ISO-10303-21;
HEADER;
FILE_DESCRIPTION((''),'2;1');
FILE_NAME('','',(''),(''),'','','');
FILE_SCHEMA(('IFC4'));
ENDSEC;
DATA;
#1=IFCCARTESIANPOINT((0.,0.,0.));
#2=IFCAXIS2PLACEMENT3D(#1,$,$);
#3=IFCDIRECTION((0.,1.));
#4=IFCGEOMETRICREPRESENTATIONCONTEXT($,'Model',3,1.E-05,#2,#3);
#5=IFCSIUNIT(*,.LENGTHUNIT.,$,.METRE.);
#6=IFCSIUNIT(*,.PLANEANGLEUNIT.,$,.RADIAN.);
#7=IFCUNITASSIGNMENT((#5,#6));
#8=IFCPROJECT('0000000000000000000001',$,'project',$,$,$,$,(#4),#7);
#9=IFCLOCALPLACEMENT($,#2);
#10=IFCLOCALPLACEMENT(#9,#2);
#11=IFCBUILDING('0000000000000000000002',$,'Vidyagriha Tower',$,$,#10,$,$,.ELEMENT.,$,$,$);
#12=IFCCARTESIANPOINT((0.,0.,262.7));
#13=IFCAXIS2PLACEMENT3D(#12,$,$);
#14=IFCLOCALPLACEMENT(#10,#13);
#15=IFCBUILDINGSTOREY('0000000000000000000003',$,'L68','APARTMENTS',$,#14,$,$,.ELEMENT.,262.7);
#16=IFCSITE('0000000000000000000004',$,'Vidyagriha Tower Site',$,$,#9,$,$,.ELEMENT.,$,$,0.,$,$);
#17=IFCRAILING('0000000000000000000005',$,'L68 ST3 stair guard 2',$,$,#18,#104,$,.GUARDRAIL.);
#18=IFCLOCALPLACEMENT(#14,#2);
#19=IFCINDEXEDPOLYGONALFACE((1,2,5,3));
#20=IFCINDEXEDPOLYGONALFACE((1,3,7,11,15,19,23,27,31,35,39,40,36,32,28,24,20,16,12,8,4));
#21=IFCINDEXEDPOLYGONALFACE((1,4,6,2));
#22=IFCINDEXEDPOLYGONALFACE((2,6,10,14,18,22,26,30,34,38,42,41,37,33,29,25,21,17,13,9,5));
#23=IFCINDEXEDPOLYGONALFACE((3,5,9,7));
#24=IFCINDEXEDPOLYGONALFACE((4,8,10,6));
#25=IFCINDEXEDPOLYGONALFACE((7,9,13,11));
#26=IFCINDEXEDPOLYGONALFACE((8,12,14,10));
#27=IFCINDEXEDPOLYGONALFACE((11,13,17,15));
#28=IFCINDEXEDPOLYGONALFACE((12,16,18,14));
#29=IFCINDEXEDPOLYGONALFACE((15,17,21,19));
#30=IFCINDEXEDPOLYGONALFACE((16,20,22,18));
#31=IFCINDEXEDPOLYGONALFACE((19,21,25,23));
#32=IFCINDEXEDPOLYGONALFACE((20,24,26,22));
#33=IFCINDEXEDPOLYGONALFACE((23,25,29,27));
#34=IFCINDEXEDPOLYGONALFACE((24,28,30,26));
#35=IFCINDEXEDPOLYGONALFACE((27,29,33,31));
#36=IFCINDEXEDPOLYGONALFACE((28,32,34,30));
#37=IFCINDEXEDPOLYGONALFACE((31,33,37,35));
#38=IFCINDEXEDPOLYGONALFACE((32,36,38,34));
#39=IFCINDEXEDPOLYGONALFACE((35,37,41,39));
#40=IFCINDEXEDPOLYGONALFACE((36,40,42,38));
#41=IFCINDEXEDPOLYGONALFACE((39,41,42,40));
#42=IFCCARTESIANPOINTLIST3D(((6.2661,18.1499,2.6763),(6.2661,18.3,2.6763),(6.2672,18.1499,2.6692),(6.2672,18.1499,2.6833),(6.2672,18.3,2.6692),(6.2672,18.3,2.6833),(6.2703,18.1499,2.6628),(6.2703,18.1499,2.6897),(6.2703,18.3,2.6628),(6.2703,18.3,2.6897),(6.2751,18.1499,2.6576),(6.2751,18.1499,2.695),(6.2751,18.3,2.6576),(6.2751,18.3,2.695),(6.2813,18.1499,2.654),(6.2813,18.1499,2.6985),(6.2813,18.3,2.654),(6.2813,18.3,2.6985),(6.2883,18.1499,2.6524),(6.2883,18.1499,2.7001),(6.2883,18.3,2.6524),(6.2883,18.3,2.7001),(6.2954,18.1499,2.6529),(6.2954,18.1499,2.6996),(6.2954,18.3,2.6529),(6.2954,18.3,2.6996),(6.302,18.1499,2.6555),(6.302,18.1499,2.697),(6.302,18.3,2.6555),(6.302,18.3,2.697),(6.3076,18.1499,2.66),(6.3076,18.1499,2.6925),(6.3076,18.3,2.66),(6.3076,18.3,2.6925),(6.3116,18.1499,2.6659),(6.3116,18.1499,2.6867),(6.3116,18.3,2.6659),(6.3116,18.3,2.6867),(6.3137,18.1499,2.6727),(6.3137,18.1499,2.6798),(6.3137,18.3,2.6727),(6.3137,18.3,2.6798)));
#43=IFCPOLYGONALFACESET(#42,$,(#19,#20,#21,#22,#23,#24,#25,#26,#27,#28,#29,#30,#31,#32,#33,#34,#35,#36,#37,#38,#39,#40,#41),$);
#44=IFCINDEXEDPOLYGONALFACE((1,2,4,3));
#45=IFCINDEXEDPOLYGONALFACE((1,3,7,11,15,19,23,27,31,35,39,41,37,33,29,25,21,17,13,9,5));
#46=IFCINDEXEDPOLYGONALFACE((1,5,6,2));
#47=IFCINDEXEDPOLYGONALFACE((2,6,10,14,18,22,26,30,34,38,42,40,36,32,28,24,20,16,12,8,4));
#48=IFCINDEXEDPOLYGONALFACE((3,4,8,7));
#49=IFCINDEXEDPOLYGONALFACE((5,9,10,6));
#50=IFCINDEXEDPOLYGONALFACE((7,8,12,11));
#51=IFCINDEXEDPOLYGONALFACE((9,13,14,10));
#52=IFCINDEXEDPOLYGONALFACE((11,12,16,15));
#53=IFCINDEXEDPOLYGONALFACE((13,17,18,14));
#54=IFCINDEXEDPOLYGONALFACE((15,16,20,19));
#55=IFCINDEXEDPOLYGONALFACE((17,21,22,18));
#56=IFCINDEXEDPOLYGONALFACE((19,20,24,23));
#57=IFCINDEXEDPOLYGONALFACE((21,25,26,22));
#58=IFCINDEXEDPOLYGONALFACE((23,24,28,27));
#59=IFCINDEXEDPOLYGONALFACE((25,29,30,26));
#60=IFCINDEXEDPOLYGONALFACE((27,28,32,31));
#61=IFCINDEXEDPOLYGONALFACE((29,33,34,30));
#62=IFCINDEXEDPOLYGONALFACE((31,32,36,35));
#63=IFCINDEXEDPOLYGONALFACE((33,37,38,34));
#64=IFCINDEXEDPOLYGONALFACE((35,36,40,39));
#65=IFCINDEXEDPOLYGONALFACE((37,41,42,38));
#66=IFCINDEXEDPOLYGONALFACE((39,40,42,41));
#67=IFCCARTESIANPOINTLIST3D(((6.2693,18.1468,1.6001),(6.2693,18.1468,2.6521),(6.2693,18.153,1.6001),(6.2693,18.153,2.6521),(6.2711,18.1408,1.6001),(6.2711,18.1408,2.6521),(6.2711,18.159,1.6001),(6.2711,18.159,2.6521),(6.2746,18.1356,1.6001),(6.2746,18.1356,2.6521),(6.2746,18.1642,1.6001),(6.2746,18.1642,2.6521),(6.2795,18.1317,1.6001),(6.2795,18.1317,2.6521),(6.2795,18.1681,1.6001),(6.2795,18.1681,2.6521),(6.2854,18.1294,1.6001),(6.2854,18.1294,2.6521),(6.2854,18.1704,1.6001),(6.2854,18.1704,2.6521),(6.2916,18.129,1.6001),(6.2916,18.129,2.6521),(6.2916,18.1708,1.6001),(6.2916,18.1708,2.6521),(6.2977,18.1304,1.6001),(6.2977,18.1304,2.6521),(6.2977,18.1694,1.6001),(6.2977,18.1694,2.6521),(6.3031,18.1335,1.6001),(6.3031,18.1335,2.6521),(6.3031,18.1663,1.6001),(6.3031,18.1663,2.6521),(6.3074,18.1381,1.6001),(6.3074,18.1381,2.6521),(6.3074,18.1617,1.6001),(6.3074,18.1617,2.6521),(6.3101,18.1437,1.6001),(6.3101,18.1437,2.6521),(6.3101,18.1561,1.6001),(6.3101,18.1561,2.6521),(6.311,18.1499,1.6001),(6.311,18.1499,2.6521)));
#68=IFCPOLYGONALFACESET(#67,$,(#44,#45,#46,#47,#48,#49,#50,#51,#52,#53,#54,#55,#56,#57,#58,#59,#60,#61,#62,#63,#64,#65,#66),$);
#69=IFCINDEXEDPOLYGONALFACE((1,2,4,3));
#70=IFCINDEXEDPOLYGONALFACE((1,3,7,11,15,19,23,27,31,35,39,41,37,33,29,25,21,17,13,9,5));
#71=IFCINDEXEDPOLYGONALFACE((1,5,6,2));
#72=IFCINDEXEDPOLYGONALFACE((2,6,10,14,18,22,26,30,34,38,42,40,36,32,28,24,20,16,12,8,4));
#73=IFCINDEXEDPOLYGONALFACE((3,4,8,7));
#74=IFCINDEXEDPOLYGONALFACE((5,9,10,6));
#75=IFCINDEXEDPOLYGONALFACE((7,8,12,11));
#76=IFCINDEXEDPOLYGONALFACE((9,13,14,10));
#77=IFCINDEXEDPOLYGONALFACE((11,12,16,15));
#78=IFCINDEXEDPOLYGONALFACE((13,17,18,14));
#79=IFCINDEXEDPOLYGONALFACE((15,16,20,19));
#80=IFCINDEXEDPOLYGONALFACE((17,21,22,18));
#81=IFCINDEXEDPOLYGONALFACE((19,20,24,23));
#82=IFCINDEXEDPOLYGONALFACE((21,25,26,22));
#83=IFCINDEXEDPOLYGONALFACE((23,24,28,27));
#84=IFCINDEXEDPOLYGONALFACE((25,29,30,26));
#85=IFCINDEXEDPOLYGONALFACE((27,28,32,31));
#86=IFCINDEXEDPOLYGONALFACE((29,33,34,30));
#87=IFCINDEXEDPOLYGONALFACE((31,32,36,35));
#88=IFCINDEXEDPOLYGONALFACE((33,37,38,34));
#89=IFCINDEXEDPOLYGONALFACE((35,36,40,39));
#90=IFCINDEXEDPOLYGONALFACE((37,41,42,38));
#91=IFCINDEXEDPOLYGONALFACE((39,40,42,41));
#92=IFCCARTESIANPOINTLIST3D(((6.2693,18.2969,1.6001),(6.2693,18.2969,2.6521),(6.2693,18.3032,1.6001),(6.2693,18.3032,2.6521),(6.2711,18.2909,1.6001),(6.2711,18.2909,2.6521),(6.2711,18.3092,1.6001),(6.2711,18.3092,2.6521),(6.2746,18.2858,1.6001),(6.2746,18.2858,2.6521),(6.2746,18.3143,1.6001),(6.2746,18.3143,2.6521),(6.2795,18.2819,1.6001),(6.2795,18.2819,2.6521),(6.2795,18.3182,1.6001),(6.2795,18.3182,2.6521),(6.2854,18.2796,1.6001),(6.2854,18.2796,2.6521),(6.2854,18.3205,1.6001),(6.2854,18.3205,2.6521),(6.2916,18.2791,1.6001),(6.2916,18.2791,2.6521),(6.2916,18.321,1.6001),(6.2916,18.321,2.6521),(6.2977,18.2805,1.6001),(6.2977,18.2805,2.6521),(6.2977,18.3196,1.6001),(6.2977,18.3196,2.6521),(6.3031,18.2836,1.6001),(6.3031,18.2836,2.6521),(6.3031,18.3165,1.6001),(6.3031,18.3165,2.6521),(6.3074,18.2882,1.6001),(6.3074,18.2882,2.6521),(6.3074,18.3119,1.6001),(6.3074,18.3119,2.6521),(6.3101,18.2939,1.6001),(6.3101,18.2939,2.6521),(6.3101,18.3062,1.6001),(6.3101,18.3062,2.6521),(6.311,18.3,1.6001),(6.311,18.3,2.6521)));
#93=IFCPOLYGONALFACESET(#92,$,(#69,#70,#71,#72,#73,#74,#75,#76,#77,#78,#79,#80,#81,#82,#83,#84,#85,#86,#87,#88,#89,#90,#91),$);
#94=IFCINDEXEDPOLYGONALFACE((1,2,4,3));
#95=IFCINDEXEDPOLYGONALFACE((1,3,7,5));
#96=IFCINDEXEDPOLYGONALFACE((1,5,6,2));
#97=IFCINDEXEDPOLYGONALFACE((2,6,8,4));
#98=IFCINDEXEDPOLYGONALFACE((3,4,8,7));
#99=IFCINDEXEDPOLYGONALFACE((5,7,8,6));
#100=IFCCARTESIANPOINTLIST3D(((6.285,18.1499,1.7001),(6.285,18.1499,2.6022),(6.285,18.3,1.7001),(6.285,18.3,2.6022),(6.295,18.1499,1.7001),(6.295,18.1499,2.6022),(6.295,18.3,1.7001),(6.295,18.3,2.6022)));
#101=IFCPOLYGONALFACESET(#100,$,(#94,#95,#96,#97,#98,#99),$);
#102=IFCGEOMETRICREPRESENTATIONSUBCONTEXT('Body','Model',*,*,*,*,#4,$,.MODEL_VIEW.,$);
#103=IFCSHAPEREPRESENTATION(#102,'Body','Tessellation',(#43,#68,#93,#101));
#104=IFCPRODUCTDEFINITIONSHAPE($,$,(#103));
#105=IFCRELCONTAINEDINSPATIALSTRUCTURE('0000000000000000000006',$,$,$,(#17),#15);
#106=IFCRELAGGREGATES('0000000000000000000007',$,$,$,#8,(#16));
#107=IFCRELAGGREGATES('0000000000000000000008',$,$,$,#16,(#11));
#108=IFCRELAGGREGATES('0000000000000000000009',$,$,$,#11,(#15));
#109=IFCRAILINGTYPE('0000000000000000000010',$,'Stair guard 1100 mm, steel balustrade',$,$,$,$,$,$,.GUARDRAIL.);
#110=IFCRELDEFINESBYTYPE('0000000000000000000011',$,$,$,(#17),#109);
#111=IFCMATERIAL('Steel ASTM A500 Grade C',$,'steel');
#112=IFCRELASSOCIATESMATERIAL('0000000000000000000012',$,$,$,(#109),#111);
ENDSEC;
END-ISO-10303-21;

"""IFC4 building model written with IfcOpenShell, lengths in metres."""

from ifc_helpers import new_model, si_unit, direction, frame, origin, origin_2d, place, context, subcontext, project, spatial, rectangle, circle, extrude, material, type_object, element, save


model = new_model("IFC4")

# Units and contexts
model_context = context("Model", 3, precision=1e-05, world=origin(), true_north=direction((0.0, 1.0)))
body_context = subcontext(model_context, "Body", "Model", "MODEL_VIEW")
ifc_project = project(units=[si_unit("LENGTHUNIT", "METRE"), si_unit("PLANEANGLEUNIT", "RADIAN")], contexts=[model_context])

# Site, building, storey
site_placement = place(None, origin())
site = spatial("IfcSite", under=ifc_project, at=site_placement, Name="Vidyagriha Tower Site", CompositionType="ELEMENT", RefElevation=0.0)
building_placement = place(site_placement, origin())
building = spatial("IfcBuilding", under=site, at=building_placement, Name="Vidyagriha Tower", CompositionType="ELEMENT")
storey_placement = place(building_placement, frame((0.0, 0.0, 262.7)))
storey = spatial("IfcBuildingStorey", under=building, at=storey_placement, Name="L68", Description="APARTMENTS", CompositionType="ELEMENT", Elevation=262.7)

# Railing
ifc_material_1 = material(Name="Steel ASTM A500 Grade C", Category="steel")
railing_type_1 = type_object("IfcRailingType", Name="Stair guard 1100 mm, steel balustrade", PredefinedType="GUARDRAIL", material=ifc_material_1)
railing_1_placement = place(storey_placement, frame((6.29, 18.1499, 1.6001)))
element("IfcRailing", 1, at=railing_1_placement, inside=storey, type_object=railing_type_1, Name="L68 ST3 stair guard 2", PredefinedType="GUARDRAIL", context=body_context, shape_type="SweptSolid", body=[
    extrude(circle(Radius=0.0239, at=origin_2d()), frame((0.0, 0.0, 1.0762), z_axis=(0.0, 1.0, 0.0), x_axis=(-1.0, 0.0, 0.0)), (0.0, 0.0, 1.0), 0.1501),
    extrude(circle(Radius=0.021, at=origin_2d()), origin(), (0.0, 0.0, 1.0), 1.052),
    extrude(circle(Radius=0.021, at=origin_2d()), frame((0.0, 0.1501, 0.0)), (0.0, 0.0, 1.0), 1.052),
    extrude(rectangle(XDim=0.01, YDim=0.9021, at=origin_2d()), frame((0.0, 0.0, 0.551), z_axis=(0.0, 1.0, 0.0), x_axis=(-1.0, 0.0, 0.0)), (0.0, 0.0, 1.0), 0.1501),
])

save(model, "model.ifc")
